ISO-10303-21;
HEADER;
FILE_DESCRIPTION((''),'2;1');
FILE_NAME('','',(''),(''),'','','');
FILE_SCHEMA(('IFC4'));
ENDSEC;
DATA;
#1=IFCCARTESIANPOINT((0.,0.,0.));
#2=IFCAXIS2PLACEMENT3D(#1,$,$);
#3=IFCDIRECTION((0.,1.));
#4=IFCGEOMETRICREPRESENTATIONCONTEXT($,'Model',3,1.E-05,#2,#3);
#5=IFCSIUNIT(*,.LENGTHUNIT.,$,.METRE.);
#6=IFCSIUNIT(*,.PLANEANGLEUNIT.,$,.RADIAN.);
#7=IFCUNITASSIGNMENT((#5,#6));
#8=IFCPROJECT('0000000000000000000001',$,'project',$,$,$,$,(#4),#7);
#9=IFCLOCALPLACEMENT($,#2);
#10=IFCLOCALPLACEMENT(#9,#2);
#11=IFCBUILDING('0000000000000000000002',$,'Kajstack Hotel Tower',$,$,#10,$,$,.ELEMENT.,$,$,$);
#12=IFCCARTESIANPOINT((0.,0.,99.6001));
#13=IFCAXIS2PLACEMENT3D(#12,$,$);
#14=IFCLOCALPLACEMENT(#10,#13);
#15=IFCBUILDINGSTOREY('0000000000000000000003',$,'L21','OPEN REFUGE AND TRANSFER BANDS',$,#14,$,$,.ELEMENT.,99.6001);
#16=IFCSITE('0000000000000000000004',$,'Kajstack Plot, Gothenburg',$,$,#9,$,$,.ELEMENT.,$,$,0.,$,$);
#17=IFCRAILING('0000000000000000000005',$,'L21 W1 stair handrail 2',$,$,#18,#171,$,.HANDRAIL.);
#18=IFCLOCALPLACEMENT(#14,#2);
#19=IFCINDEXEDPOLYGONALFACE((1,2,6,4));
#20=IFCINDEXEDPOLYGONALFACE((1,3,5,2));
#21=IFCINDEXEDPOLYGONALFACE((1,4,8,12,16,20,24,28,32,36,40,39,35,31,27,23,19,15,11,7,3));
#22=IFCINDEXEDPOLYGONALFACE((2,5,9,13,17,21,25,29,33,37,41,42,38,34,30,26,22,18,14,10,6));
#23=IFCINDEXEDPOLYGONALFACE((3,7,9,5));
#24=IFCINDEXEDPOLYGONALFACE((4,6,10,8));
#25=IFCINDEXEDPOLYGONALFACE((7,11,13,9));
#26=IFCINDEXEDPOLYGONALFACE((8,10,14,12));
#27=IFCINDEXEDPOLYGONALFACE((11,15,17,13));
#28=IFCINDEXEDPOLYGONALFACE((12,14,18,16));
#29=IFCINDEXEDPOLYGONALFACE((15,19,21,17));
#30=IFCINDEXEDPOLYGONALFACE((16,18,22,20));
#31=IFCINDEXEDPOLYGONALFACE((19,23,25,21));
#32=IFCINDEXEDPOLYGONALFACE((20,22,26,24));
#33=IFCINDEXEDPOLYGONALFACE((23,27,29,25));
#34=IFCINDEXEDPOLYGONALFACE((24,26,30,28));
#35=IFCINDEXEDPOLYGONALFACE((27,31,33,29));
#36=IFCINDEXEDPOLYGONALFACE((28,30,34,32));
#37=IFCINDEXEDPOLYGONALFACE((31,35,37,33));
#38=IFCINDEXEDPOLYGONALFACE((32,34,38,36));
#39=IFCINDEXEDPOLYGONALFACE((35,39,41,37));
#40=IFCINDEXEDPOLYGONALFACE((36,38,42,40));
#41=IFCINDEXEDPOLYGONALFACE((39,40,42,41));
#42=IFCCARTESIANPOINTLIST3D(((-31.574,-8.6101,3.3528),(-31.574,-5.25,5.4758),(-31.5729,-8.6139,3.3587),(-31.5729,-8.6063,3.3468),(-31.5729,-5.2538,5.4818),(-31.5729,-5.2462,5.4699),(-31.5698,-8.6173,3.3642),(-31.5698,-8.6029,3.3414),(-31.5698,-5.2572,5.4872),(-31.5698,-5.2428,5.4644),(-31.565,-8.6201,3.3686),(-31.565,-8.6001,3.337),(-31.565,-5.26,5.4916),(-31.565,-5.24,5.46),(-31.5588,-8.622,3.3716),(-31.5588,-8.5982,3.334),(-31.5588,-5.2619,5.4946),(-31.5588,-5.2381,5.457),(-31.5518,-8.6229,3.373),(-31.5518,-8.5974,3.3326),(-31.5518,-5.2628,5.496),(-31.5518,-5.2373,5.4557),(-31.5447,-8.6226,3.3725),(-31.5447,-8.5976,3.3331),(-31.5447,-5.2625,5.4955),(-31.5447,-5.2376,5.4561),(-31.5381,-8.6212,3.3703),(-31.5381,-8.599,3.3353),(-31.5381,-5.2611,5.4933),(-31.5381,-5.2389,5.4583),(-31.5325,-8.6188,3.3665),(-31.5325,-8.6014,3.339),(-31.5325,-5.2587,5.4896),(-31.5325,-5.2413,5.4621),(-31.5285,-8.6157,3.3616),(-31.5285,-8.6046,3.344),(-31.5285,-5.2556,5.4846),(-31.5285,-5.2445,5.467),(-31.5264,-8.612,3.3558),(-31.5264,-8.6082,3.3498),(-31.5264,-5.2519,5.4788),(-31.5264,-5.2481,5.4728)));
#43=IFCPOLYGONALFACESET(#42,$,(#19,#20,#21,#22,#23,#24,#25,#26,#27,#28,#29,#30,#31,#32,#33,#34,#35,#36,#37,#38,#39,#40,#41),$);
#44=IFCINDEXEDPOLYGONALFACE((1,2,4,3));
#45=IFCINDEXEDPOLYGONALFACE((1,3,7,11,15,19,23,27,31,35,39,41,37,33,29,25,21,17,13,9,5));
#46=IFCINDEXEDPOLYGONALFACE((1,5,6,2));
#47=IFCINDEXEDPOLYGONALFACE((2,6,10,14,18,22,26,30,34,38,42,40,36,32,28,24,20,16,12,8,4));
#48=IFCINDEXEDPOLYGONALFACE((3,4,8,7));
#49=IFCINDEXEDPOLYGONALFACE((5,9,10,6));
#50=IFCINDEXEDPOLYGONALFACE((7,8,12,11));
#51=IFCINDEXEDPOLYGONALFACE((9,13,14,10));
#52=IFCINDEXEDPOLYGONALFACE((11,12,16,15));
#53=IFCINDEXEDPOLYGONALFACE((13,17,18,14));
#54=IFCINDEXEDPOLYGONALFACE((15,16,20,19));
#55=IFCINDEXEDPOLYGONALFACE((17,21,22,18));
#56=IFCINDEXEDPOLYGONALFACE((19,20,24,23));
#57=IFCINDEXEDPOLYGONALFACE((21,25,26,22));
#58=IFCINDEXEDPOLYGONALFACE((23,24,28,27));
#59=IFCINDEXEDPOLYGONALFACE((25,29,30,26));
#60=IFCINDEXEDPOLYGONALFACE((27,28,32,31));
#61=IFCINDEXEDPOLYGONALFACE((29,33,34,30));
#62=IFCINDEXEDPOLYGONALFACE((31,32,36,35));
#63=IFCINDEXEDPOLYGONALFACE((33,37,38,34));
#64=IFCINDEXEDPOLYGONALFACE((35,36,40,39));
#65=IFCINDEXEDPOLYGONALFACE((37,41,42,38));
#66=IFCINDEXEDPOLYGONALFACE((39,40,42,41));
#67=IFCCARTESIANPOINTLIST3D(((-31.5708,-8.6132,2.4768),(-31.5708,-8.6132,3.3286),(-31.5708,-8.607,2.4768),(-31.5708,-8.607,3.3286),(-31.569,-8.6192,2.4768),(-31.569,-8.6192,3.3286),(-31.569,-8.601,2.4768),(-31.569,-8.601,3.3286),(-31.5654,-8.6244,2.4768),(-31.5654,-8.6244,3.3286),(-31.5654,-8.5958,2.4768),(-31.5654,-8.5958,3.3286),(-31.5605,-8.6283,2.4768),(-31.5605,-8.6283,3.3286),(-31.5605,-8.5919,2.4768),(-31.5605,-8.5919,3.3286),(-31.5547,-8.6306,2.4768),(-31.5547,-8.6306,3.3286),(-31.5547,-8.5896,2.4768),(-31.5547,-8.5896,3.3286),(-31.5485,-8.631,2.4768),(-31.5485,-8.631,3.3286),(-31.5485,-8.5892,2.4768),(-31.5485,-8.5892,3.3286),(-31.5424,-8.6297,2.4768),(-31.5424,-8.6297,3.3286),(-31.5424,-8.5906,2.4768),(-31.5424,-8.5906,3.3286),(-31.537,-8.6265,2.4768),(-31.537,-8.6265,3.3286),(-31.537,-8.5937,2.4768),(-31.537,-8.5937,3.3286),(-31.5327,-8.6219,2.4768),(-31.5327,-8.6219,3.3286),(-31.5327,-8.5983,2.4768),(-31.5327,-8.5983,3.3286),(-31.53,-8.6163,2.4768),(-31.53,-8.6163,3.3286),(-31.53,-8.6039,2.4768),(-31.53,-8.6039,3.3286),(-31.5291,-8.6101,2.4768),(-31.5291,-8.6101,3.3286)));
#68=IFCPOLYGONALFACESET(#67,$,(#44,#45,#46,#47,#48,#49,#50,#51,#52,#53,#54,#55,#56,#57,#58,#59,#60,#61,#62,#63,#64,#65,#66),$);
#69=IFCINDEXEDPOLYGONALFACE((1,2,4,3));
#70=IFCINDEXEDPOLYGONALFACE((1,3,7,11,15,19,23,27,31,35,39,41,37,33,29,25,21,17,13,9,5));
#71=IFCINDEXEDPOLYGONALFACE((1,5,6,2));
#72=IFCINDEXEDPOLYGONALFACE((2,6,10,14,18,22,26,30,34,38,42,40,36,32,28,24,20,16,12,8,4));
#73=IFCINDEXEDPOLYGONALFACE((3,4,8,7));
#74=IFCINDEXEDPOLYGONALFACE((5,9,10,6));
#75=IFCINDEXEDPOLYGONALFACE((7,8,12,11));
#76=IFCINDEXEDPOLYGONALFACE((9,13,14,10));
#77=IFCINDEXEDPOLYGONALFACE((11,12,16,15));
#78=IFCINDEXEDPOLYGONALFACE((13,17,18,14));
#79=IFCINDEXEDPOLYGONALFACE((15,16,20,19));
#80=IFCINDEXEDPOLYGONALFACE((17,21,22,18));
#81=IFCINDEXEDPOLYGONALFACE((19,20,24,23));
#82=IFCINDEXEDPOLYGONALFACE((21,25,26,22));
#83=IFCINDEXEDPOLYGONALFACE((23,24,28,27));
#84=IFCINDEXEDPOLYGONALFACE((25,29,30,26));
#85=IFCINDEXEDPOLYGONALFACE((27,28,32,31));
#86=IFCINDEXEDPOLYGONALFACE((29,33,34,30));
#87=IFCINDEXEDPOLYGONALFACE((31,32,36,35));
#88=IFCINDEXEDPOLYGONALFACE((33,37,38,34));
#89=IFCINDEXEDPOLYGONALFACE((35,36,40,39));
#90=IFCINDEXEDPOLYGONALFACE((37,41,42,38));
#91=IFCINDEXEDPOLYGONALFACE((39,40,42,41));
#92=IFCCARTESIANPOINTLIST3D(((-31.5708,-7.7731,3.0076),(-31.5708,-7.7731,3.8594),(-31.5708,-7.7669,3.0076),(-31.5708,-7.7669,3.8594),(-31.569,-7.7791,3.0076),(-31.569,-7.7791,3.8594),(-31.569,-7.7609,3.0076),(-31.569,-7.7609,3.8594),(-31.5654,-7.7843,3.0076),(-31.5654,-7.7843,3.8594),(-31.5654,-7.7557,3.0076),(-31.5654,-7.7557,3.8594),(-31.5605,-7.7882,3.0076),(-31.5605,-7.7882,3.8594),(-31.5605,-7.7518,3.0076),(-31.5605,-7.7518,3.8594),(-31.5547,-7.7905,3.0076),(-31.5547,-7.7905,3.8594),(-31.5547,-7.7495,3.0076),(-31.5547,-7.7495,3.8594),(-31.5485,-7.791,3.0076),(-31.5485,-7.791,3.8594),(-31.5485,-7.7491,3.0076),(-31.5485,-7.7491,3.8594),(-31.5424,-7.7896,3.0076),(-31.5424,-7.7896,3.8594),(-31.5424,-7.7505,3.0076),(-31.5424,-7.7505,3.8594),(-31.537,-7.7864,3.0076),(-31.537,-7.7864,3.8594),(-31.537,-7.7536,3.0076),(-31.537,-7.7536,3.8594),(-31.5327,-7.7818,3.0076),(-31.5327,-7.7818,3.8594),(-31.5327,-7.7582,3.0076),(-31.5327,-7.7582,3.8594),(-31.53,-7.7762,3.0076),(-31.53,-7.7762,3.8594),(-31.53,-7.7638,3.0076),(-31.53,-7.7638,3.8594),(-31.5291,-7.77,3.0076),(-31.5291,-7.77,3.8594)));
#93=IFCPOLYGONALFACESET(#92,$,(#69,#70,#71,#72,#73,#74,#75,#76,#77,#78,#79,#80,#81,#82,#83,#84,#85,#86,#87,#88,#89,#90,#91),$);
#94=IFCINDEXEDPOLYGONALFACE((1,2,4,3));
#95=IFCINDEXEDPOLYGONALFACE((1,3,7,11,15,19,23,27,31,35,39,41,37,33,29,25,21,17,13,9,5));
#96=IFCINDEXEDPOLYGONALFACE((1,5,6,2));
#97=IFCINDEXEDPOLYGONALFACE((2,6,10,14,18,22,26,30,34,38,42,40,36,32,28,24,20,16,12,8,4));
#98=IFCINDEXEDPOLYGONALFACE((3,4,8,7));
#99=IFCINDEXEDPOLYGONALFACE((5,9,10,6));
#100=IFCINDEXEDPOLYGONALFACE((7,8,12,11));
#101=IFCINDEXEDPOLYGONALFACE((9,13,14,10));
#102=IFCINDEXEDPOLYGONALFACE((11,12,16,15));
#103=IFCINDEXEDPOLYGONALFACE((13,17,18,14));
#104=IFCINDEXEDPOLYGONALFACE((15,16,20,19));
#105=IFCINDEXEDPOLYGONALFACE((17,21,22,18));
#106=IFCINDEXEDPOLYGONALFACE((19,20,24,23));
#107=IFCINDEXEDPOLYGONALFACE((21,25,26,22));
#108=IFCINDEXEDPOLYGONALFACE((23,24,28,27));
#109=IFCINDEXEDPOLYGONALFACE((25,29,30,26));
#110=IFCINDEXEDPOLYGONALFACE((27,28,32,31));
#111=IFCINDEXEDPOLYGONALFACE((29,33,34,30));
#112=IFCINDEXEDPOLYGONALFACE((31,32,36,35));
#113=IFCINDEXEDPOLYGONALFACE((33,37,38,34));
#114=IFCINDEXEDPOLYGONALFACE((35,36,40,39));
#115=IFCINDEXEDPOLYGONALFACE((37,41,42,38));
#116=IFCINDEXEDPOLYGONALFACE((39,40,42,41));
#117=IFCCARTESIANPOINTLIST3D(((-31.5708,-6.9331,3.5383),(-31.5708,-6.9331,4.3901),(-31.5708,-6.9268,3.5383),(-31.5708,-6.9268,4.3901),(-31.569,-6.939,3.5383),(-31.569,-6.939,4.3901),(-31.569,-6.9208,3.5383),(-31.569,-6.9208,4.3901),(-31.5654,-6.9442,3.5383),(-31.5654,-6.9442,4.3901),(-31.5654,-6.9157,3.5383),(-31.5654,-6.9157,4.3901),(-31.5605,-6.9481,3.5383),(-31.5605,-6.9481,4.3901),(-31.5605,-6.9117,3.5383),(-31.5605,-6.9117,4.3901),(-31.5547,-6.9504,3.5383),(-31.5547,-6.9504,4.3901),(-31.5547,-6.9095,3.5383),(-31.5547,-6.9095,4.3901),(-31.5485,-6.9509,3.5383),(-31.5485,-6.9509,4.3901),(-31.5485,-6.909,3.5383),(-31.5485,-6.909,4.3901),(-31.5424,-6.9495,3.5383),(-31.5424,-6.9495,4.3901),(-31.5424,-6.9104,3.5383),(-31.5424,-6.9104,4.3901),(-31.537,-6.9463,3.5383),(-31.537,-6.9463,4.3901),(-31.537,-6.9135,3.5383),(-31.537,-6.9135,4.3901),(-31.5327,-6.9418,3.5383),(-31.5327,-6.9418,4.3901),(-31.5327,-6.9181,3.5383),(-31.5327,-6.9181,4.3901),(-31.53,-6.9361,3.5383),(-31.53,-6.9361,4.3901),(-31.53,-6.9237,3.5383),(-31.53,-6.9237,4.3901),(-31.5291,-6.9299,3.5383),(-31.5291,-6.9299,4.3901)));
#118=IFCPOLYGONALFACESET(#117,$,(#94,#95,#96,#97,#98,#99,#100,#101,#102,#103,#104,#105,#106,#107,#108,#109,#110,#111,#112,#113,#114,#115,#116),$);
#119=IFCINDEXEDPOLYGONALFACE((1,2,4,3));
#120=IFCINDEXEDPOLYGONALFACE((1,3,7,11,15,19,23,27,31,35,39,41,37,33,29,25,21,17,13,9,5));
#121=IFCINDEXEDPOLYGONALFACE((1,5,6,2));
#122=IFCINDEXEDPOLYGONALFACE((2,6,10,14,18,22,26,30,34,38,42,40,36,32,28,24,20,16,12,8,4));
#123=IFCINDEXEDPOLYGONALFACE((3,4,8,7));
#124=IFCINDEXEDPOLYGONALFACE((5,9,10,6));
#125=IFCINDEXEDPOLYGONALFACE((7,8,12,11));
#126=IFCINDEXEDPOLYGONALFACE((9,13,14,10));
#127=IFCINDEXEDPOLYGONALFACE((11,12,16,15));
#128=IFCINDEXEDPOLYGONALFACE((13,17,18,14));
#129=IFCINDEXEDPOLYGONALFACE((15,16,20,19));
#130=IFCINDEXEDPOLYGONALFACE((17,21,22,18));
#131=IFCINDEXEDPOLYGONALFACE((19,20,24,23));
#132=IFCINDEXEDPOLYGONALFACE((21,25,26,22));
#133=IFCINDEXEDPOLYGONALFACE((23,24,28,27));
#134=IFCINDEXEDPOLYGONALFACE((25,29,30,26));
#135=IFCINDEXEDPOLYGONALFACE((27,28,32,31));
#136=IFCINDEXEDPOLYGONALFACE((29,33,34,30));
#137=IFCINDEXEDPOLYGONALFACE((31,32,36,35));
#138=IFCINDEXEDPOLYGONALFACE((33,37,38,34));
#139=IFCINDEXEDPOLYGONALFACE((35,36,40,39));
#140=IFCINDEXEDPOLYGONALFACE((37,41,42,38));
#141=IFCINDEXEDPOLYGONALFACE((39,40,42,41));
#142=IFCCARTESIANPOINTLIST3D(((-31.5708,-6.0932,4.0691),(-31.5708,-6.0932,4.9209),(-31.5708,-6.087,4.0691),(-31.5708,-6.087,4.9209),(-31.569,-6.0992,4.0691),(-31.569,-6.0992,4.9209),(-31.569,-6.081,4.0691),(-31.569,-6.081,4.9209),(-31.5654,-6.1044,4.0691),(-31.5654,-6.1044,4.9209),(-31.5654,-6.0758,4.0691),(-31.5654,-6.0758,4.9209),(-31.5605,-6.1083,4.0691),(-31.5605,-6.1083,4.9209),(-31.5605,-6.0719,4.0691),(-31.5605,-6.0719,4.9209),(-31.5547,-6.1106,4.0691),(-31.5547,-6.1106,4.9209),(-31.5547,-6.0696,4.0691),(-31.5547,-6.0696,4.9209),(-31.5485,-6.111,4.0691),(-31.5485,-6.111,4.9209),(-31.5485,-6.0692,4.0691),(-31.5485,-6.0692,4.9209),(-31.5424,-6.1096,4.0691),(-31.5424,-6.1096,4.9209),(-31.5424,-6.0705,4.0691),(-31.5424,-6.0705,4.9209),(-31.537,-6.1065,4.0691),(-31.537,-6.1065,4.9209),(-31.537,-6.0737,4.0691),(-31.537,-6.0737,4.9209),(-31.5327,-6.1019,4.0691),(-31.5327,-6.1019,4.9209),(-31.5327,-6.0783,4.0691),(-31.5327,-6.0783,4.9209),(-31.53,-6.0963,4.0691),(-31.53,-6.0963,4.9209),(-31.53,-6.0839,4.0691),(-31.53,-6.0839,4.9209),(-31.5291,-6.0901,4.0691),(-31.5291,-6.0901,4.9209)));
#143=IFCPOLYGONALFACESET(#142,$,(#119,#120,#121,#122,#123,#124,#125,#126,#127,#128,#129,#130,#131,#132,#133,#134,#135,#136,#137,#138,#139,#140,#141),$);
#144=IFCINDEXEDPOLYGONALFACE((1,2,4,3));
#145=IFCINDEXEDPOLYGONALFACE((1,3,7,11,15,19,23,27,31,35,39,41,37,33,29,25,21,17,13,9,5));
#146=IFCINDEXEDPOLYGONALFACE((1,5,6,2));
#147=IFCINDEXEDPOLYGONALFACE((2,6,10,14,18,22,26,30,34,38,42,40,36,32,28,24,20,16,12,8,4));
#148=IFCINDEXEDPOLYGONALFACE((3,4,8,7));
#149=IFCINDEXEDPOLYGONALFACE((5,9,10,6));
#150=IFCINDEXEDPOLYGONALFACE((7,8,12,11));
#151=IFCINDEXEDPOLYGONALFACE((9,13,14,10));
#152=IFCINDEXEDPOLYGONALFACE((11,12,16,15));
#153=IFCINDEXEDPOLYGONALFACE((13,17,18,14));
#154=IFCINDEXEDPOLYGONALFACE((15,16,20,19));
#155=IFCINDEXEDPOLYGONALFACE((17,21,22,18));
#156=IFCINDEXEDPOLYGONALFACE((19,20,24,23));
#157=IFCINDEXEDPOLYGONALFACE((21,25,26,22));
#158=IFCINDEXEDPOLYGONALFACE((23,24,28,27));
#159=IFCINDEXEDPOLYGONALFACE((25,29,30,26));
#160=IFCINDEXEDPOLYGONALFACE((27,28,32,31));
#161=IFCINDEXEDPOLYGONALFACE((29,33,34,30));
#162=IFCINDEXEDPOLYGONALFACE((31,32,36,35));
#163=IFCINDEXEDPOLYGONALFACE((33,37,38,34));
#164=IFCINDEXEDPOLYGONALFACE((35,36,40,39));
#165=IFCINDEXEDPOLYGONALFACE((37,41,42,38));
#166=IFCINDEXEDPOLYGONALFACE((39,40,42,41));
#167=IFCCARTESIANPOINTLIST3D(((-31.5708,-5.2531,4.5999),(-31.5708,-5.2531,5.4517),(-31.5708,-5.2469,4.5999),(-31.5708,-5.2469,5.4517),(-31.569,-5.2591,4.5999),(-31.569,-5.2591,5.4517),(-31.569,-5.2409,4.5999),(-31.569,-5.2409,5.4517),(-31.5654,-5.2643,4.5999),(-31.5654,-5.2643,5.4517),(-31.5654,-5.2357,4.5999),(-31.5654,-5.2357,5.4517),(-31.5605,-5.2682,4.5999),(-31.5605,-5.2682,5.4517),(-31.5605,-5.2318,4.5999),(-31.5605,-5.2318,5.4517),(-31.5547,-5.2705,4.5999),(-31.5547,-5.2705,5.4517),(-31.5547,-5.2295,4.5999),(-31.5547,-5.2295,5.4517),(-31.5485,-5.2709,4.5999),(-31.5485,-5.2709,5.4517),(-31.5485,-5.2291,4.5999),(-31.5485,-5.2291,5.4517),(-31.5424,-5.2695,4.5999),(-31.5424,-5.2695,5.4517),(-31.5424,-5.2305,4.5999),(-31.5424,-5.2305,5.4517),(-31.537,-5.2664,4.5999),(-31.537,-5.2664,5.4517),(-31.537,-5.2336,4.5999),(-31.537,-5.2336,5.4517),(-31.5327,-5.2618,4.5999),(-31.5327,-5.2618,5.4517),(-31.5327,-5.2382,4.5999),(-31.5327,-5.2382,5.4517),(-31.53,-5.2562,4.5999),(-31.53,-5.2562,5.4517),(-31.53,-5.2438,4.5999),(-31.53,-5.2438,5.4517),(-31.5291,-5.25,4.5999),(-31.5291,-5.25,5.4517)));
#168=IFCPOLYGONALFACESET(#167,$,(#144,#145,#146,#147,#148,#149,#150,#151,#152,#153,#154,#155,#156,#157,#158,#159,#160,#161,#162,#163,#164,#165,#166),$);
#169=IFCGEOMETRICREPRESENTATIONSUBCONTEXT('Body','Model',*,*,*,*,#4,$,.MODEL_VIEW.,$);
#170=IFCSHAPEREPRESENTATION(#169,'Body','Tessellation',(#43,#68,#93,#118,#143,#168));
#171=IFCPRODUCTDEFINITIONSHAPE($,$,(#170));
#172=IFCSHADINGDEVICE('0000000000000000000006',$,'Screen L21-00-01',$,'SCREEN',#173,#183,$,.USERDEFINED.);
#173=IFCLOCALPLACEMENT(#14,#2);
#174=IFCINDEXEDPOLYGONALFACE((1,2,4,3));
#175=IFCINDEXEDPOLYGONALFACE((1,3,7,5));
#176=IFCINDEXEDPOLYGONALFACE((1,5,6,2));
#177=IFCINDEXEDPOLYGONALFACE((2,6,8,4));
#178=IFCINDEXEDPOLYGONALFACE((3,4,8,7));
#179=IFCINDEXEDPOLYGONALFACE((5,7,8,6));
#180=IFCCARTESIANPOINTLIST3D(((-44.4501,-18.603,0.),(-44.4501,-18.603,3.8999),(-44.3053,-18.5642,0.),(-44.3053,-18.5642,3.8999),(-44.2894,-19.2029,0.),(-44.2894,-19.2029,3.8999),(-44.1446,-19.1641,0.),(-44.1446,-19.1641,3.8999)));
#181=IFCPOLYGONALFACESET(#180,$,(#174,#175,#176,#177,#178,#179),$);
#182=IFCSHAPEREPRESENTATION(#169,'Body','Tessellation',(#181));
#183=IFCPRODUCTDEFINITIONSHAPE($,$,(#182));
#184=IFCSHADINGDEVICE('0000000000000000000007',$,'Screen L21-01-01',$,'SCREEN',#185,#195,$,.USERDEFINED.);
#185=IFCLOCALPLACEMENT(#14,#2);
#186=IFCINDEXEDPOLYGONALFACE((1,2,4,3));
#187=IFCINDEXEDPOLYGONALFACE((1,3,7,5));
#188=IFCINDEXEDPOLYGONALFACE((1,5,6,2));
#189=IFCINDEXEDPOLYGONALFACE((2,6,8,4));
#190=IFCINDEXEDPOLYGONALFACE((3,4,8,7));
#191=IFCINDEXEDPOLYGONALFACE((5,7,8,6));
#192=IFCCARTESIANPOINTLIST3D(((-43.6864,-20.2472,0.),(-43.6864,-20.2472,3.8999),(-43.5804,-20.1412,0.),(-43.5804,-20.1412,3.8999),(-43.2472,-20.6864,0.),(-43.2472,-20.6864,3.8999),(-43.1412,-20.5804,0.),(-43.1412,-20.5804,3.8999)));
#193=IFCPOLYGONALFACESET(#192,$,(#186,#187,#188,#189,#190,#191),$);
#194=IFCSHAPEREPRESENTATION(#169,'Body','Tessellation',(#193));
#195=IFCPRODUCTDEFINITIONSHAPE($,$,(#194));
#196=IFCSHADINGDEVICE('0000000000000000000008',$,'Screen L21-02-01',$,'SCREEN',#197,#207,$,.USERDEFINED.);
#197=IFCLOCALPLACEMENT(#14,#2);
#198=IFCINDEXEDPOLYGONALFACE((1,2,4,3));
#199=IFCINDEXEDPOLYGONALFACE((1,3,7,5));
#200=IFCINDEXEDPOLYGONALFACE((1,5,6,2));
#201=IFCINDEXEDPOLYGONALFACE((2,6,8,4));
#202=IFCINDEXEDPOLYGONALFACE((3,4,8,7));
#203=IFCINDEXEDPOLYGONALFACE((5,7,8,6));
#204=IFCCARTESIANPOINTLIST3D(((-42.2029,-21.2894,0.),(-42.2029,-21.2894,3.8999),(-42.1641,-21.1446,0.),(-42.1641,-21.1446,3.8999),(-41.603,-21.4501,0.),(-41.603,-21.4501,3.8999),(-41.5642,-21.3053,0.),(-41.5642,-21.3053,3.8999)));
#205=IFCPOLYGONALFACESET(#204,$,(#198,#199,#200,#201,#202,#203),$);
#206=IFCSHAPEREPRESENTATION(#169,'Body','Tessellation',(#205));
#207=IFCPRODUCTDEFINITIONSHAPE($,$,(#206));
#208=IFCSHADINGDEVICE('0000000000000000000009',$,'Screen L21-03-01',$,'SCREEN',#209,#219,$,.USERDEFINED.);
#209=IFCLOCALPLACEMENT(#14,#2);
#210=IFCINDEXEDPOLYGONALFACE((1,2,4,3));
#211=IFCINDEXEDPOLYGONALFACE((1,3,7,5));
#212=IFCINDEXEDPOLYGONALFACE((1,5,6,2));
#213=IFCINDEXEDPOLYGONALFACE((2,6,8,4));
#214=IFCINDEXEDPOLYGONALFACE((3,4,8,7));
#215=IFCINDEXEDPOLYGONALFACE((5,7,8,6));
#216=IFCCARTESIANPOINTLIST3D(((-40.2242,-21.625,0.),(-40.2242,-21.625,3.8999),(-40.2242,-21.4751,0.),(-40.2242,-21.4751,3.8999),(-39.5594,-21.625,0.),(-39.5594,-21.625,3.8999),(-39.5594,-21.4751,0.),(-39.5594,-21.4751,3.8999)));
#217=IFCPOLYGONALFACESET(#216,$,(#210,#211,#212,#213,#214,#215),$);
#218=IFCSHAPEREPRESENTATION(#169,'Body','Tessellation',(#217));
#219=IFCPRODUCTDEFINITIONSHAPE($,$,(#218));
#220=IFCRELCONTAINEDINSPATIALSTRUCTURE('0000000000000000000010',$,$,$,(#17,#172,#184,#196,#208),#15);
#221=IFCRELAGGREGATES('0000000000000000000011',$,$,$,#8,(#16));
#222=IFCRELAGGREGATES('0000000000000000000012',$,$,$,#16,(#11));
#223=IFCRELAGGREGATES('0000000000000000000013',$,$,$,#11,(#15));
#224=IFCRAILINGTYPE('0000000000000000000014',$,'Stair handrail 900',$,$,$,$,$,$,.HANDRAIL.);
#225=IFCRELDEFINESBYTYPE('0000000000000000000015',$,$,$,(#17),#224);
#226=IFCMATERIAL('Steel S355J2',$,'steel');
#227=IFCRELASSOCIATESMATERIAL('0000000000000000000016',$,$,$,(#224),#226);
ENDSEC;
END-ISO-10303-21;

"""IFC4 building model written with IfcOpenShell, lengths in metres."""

from ifc_helpers import new_model, si_unit, direction, frame, origin, origin_2d, place, context, subcontext, project, spatial, rectangle, circle, extrude, material, type_object, element, save


model = new_model("IFC4")

# Units and contexts
model_context = context("Model", 3, precision=1e-05, world=origin(), true_north=direction((0.0, 1.0)))
body_context = subcontext(model_context, "Body", "Model", "MODEL_VIEW")
ifc_project = project(units=[si_unit("LENGTHUNIT", "METRE"), si_unit("PLANEANGLEUNIT", "RADIAN")], contexts=[model_context])

# Site, building, storey
site_placement = place(None, origin())
site = spatial("IfcSite", under=ifc_project, at=site_placement, Name="Kajstack Plot, Gothenburg", CompositionType="ELEMENT", RefElevation=0.0)
building_placement = place(site_placement, origin())
building = spatial("IfcBuilding", under=site, at=building_placement, Name="Kajstack Hotel Tower", CompositionType="ELEMENT")
storey_placement = place(building_placement, frame((0.0, 0.0, 99.6001)))
storey = spatial("IfcBuildingStorey", under=building, at=storey_placement, Name="L21", Description="OPEN REFUGE AND TRANSFER BANDS", CompositionType="ELEMENT", Elevation=99.6001)

# Railing
ifc_material_1 = material(Name="Steel S355J2", Category="steel")
railing_type_1 = type_object("IfcRailingType", Name="Stair handrail 900", PredefinedType="HANDRAIL", material=ifc_material_1)
railing_1_placement = place(storey_placement, frame((-31.55, -8.6101, 2.4768)))
element("IfcRailing", 1, at=railing_1_placement, inside=storey, type_object=railing_type_1, Name="L21 W1 stair handrail 2", PredefinedType="HANDRAIL", context=body_context, shape_type="SweptSolid", body=[
    extrude(circle(Radius=0.0239, at=origin_2d()), frame((0.0, 0.0, 0.876), z_axis=(0.0, 0.84539, 0.53415), x_axis=(-1.0, 0.0, 0.0)), (0.0, 0.0, 1.0), 3.9746),
    extrude(circle(Radius=0.021, at=origin_2d()), origin(), (0.0, 0.0, 1.0), 0.8518),
    extrude(circle(Radius=0.021, at=origin_2d()), frame((0.0, 0.8401, 0.5308)), (0.0, 0.0, 1.0), 0.8518),
    extrude(circle(Radius=0.021, at=origin_2d()), frame((0.0, 1.6802, 1.0615)), (0.0, 0.0, 1.0), 0.8518),
    extrude(circle(Radius=0.021, at=origin_2d()), frame((0.0, 2.52, 1.5923)), (0.0, 0.0, 1.0), 0.8518),
    extrude(circle(Radius=0.021, at=origin_2d()), frame((0.0, 3.3601, 2.123)), (0.0, 0.0, 1.0), 0.8518),
])

# Shading devices
for number, where, z_axis, x_axis, name in (
    (2, (-44.2974, -18.8835, 0.0), (0.0, 0.0, 1.0), (0.25882, -0.965926, 0.0), "Screen L21-00-01"),
    (3, (-43.4138, -20.4138, 0.0), (0.0, 0.0, 1.0), (0.707107, -0.707107, 0.0), "Screen L21-01-01"),
    (4, (-41.8835, -21.2974, 0.0), (0.0, 0.0, 1.0), (0.965926, -0.25882, 0.0), "Screen L21-02-01"),
):
    element("IfcShadingDevice", number, at=place(storey_placement, frame(where, z_axis=z_axis, x_axis=x_axis)), inside=storey, Name=name, ObjectType="SCREEN", PredefinedType="USERDEFINED", context=body_context, shape_type="SweptSolid", body=[
        extrude(rectangle(XDim=0.6211, YDim=0.1499, at=origin_2d()), origin(), (0.0, 0.0, 1.0), 3.8999),
    ])
for number, where, z_axis, x_axis, name in (
    (5, (-39.8918, -21.55, 0.0), (0.0, 0.0, 1.0), (1.0, 0.0, 0.0), "Screen L21-03-01"),
):
    element("IfcShadingDevice", number, at=place(storey_placement, frame(where, z_axis=z_axis, x_axis=x_axis)), inside=storey, Name=name, ObjectType="SCREEN", PredefinedType="USERDEFINED", context=body_context, shape_type="SweptSolid", body=[
        extrude(rectangle(XDim=0.6648, YDim=0.1499, at=origin_2d()), origin(), (0.0, 0.0, 1.0), 3.8999),
    ])

save(model, "model.ifc")
